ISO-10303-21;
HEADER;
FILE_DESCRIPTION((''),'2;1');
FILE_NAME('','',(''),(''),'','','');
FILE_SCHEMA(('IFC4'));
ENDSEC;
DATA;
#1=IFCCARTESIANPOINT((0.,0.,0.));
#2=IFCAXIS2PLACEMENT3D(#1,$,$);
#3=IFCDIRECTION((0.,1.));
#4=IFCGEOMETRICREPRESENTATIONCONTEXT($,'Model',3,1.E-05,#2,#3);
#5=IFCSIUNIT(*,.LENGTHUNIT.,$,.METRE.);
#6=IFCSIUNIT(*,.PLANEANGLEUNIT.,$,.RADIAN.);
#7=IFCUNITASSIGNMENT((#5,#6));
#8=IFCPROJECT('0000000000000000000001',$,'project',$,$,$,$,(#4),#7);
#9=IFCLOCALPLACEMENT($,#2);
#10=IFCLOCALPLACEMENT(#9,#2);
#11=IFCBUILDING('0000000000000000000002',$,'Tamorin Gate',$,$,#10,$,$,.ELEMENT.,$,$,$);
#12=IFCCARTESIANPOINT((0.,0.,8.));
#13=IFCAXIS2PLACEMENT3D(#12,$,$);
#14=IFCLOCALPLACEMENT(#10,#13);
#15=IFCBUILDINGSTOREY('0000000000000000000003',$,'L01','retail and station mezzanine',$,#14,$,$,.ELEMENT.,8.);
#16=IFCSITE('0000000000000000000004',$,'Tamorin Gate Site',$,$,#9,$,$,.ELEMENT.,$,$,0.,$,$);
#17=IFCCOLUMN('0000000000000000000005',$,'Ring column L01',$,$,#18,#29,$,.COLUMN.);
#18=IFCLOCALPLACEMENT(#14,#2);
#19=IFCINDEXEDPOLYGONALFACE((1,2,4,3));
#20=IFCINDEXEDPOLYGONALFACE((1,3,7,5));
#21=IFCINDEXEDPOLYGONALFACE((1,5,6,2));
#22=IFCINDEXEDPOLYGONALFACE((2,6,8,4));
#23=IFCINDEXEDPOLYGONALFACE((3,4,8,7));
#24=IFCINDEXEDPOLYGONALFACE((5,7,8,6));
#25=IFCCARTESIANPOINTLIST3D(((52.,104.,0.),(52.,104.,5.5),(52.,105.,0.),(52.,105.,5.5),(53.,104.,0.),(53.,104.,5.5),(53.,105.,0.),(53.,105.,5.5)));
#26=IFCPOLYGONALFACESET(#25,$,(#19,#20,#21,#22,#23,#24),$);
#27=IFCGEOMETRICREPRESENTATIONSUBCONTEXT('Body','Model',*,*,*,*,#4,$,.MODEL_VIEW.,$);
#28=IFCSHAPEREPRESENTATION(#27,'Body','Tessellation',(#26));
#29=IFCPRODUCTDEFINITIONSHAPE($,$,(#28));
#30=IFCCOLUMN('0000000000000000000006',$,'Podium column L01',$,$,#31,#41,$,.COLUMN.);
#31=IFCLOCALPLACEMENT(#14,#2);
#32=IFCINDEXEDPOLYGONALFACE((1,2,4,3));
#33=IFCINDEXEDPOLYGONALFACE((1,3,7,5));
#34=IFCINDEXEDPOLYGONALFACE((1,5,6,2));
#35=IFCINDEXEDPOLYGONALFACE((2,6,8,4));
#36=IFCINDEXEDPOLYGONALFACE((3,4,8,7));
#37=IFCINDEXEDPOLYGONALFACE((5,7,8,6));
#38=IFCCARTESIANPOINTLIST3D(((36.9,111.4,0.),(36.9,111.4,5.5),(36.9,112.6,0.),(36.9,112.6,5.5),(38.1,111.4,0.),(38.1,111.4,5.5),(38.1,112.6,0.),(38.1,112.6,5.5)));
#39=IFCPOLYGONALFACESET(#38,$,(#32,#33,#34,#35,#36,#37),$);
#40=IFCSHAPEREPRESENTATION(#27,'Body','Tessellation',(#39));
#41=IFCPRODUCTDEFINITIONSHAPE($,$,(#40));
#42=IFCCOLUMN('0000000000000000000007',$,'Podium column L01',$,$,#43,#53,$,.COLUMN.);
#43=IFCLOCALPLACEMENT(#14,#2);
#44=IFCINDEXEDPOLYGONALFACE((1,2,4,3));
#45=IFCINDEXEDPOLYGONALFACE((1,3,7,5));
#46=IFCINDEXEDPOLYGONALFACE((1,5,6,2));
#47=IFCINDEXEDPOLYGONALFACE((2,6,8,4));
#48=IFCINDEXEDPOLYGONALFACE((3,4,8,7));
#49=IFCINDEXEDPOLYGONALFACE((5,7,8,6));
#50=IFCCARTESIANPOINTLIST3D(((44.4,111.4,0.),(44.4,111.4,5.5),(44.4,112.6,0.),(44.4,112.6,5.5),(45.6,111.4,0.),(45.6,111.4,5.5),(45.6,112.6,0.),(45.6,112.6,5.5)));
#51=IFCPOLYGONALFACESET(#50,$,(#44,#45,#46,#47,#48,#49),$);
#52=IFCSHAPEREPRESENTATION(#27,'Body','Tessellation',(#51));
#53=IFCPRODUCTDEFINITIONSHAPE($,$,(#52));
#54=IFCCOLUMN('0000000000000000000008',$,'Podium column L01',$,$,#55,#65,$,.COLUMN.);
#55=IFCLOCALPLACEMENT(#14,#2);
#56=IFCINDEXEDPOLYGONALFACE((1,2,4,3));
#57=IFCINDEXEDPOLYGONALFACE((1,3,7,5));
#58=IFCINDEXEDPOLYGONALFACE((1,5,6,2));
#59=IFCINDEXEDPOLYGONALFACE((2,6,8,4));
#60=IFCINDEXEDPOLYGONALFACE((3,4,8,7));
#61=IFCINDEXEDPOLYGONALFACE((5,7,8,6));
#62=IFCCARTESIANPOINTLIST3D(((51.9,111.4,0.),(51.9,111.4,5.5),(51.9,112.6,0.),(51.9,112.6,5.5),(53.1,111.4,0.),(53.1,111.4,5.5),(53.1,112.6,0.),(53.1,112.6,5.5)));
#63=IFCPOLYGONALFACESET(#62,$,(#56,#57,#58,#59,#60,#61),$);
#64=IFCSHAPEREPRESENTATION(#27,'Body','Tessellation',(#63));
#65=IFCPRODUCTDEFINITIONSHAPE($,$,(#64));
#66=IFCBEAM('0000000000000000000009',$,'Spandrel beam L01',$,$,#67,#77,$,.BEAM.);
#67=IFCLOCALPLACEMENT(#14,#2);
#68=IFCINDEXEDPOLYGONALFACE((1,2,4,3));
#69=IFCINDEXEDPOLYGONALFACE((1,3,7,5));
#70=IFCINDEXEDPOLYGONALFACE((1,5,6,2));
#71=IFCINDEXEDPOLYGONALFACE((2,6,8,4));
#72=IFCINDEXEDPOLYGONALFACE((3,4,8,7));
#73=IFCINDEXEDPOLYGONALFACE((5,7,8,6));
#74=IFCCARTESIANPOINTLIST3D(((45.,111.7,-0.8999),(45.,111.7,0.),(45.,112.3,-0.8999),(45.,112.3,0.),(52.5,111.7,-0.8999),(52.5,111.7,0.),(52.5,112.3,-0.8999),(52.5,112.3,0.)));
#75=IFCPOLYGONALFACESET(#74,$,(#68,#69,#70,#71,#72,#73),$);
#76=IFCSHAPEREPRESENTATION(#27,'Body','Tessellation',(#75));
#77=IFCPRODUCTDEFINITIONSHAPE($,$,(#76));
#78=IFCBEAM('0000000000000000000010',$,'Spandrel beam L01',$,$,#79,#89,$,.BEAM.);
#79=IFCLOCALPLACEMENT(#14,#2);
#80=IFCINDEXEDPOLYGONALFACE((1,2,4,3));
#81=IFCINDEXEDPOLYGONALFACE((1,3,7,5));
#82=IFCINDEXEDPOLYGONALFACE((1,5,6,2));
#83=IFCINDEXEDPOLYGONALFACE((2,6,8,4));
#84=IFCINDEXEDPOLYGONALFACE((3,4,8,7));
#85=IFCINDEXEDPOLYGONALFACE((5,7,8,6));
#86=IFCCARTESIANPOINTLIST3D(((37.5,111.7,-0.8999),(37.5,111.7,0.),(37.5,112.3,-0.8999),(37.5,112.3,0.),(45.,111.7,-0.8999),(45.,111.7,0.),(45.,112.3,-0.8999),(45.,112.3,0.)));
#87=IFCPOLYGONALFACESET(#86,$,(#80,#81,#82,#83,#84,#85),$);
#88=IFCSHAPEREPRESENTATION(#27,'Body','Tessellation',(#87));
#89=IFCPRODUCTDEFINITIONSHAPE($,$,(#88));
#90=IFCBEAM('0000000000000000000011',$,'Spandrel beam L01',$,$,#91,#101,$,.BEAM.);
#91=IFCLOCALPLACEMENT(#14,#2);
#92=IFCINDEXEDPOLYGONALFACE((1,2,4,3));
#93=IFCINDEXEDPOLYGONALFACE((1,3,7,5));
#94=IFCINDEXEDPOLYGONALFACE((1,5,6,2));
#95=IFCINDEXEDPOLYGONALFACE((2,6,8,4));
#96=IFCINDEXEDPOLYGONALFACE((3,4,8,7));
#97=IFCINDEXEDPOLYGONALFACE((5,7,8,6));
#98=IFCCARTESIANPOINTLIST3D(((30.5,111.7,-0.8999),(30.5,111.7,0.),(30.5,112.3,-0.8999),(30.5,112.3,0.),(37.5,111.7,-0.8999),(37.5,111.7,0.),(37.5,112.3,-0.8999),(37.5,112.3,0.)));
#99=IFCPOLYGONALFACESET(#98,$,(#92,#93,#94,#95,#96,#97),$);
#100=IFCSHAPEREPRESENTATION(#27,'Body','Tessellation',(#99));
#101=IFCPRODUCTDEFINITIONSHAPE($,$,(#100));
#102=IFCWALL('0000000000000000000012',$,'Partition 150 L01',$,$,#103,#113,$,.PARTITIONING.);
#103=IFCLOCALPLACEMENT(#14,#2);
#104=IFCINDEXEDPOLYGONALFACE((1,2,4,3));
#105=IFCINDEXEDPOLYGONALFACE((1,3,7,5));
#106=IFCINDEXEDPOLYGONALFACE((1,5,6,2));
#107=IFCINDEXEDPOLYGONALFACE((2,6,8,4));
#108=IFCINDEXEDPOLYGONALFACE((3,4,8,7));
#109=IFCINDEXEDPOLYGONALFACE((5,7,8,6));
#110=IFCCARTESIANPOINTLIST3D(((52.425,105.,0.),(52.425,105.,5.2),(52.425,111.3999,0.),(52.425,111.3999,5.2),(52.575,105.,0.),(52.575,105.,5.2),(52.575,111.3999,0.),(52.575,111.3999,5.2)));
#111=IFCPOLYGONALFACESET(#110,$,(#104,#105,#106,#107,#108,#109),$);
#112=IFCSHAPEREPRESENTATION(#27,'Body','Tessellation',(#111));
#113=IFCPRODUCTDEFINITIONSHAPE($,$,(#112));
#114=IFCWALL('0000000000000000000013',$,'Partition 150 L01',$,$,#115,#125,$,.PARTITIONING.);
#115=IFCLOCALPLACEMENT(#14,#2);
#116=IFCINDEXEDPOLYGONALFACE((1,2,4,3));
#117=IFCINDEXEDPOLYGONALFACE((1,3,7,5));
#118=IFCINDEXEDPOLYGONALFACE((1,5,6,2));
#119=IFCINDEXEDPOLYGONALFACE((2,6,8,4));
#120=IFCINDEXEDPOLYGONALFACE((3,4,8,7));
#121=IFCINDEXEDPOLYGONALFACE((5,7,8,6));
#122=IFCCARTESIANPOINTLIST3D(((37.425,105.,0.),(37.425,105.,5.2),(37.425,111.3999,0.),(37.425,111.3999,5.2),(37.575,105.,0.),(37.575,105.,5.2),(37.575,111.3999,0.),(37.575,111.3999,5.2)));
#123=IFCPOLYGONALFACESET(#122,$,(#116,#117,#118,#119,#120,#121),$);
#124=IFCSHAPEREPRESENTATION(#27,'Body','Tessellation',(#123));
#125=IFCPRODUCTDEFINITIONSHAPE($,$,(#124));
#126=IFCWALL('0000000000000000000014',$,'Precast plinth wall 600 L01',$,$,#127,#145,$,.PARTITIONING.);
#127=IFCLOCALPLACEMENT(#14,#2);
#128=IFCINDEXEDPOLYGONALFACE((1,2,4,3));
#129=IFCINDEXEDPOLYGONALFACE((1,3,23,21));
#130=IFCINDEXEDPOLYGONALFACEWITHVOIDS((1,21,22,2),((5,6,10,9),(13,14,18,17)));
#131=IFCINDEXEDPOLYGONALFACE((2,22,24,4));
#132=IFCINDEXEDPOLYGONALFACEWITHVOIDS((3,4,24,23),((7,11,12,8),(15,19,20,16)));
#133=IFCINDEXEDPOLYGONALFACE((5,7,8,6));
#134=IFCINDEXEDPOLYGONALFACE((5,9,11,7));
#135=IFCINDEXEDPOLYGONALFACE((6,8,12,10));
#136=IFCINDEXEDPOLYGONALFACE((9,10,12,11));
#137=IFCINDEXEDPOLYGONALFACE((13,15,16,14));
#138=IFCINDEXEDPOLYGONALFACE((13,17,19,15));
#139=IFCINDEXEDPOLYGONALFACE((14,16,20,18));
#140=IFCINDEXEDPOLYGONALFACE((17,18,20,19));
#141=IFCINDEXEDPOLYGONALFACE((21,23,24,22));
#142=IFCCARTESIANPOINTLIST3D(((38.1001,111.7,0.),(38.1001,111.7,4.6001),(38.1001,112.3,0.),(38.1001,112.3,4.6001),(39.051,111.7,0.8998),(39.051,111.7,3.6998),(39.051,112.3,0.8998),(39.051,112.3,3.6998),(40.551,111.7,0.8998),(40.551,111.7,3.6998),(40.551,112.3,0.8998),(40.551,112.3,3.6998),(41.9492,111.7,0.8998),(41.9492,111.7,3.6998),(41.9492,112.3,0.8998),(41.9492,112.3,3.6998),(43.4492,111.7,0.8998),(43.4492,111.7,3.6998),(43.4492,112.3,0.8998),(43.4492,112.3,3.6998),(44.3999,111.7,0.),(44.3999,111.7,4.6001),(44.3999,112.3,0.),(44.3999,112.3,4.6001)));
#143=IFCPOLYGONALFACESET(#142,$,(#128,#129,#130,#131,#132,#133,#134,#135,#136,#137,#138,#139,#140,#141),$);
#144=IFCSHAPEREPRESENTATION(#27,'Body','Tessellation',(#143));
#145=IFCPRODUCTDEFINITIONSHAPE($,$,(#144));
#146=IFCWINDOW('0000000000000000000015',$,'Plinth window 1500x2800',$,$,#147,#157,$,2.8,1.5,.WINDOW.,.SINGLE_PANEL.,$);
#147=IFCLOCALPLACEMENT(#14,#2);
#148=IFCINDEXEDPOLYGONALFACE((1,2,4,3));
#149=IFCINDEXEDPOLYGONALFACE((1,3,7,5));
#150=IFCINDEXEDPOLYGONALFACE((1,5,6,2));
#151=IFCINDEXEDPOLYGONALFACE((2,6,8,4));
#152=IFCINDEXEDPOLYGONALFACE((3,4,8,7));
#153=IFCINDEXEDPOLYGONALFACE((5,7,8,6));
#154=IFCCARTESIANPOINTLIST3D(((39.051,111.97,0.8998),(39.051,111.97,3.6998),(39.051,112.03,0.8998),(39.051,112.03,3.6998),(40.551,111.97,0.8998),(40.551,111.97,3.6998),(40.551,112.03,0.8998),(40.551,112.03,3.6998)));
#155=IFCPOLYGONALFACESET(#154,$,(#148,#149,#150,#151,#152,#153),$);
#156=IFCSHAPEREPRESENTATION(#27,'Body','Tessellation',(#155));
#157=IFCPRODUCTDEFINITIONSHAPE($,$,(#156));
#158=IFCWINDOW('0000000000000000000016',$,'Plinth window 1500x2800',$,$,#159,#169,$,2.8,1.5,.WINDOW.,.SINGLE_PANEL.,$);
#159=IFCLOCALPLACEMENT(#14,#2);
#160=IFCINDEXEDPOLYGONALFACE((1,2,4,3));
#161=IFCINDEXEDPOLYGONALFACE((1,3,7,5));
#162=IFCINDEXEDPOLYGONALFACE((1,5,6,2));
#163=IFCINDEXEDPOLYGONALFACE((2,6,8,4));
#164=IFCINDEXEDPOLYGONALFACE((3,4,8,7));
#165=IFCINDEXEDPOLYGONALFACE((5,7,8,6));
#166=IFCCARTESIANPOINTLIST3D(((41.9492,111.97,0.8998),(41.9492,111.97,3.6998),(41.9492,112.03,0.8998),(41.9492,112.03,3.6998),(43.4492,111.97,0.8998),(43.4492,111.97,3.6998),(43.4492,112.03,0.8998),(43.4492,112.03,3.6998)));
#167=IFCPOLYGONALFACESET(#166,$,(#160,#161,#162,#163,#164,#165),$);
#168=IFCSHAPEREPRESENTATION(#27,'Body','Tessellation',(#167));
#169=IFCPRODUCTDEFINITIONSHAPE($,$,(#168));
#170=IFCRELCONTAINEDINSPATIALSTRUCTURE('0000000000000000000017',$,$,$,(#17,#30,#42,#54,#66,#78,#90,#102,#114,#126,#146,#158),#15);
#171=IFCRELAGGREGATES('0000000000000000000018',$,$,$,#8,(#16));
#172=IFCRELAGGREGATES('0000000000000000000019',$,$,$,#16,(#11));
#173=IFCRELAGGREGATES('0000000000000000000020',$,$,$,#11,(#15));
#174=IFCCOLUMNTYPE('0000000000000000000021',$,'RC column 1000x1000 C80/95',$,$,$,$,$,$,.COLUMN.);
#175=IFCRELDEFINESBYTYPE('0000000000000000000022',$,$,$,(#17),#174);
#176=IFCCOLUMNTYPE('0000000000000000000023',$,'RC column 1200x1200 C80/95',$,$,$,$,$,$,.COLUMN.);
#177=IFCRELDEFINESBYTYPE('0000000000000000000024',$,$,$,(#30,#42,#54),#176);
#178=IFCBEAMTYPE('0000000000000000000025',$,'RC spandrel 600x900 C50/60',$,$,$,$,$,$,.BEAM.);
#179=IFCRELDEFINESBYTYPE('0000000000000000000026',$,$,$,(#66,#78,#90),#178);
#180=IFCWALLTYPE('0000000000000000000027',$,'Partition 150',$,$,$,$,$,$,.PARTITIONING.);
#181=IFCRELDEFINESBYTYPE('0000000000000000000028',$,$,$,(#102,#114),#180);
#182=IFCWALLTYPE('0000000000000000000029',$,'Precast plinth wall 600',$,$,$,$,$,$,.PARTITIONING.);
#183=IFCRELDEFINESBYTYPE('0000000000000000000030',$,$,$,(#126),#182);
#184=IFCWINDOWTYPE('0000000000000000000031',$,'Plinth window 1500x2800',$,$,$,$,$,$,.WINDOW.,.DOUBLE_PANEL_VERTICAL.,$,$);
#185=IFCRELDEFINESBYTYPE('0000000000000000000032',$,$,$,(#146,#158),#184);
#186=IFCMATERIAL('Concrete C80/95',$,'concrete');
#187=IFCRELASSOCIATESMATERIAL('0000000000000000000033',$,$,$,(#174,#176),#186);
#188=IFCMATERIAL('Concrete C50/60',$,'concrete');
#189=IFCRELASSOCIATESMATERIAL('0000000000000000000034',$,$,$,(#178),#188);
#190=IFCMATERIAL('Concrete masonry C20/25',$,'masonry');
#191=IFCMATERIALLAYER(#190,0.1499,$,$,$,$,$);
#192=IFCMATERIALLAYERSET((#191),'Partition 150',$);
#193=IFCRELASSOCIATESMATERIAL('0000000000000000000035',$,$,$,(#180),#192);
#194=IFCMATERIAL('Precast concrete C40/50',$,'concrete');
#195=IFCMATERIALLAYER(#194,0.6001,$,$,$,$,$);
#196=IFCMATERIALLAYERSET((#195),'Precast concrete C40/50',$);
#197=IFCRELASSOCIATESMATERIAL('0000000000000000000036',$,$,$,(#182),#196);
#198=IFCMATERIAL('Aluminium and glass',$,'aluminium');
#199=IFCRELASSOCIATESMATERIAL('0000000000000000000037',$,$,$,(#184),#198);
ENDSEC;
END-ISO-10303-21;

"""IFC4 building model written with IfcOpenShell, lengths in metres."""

from ifc_helpers import new_model, si_unit, direction, frame, frame_2d, origin, origin_2d, place, context, subcontext, project, spatial, rectangle, extrude, material, layer, layer_set, material_profile, profile_set, type_object, element, fill, save


model = new_model("IFC4")

# Units and contexts
model_context = context("Model", 3, precision=1e-05, world=origin(), true_north=direction((0.0, 1.0)))
body_context = subcontext(model_context, "Body", "Model", "MODEL_VIEW")
ifc_project = project(units=[si_unit("LENGTHUNIT", "METRE"), si_unit("PLANEANGLEUNIT", "RADIAN")], contexts=[model_context])

# Site, building, storey
site_placement = place(None, origin())
site = spatial("IfcSite", under=ifc_project, at=site_placement, Name="Tamorin Gate Site", CompositionType="ELEMENT", RefElevation=0.0)
building_placement = place(site_placement, origin())
building = spatial("IfcBuilding", under=site, at=building_placement, Name="Tamorin Gate", CompositionType="ELEMENT")
storey_placement = place(building_placement, frame((0.0, 0.0, 8.0)))
storey = spatial("IfcBuildingStorey", under=building, at=storey_placement, Name="L01", Description="retail and station mezzanine", CompositionType="ELEMENT", Elevation=8.0)

# Columns
ifc_material_1 = material(Name="Concrete C80/95", Category="concrete")
ifc_material_profile_1 = material_profile(ifc_material_1, rectangle(XDim=1.0, YDim=1.0, at=origin_2d()), Name="RC 1000x1000")
ifc_profile_set_1 = profile_set([ifc_material_profile_1], Name="Concrete C80/95")
column_type_1 = type_object("IfcColumnType", Name="RC column 1000x1000 C80/95", PredefinedType="COLUMN", material=ifc_profile_set_1)
column_placement = place(storey_placement, frame((52.5, 104.5, 0.0), z_axis=(0.0, 0.0, 1.0), x_axis=(1.0, 0.0, 0.0)))
element("IfcColumn", 1, at=column_placement, inside=storey, type_object=column_type_1, Name="Ring column L01", PredefinedType="COLUMN", context=body_context, shape_type="SweptSolid", body=[
    extrude(rectangle(XDim=1.0, YDim=1.0, at=origin_2d()), origin(), (0.0, 0.0, 1.0), 5.5),
])
ifc_material_profile_2 = material_profile(ifc_material_1, rectangle(XDim=1.2, YDim=1.2, at=origin_2d()), Name="RC 1200x1200")
ifc_profile_set_2 = profile_set([ifc_material_profile_2], Name="Concrete C80/95")
column_type_2 = type_object("IfcColumnType", Name="RC column 1200x1200 C80/95", PredefinedType="COLUMN", material=ifc_profile_set_2)
for number, where, z_axis, x_axis, name in (
    (2, (37.5, 112.0, 0.0), (0.0, 0.0, 1.0), (1.0, 0.0, 0.0), "Podium column L01"),
    (3, (45.0, 112.0, 0.0), (0.0, 0.0, 1.0), (1.0, 0.0, 0.0), "Podium column L01"),
    (4, (52.5, 112.0, 0.0), (0.0, 0.0, 1.0), (1.0, 0.0, 0.0), "Podium column L01"),
):
    element("IfcColumn", number, at=place(storey_placement, frame(where, z_axis=z_axis, x_axis=x_axis)), inside=storey, type_object=column_type_2, Name=name, PredefinedType="COLUMN", context=body_context, shape_type="SweptSolid", body=[
        extrude(rectangle(XDim=1.2, YDim=1.2, at=origin_2d()), origin(), (0.0, 0.0, 1.0), 5.5),
    ])

# Beams
ifc_material_2 = material(Name="Concrete C50/60", Category="concrete")
ifc_material_profile_3 = material_profile(ifc_material_2, rectangle(XDim=0.6001, YDim=0.8999, at=origin_2d()), Name="RC 600x900")
ifc_profile_set_3 = profile_set([ifc_material_profile_3], Name="Concrete C50/60")
beam_type = type_object("IfcBeamType", Name="RC spandrel 600x900 C50/60", PredefinedType="BEAM", material=ifc_profile_set_3)
for number, where, z_axis, x_axis, name in (
    (5, (52.5, 112.0, -0.45), (-1.0, 0.0, 0.0), (0.0, -1.0, 0.0), "Spandrel beam L01"),
    (6, (45.0, 112.0, -0.45), (-1.0, 0.0, 0.0), (0.0, -1.0, 0.0), "Spandrel beam L01"),
):
    element("IfcBeam", number, at=place(storey_placement, frame(where, z_axis=z_axis, x_axis=x_axis)), inside=storey, type_object=beam_type, Name=name, PredefinedType="BEAM", context=body_context, shape_type="SweptSolid", body=[
        extrude(rectangle(XDim=0.6001, YDim=0.8999, at=origin_2d()), origin(), (0.0, 0.0, 1.0), 7.5),
    ])
beam_placement = place(storey_placement, frame((37.5, 112.0, -0.45), z_axis=(-1.0, 0.0, 0.0), x_axis=(0.0, -1.0, 0.0)))
element("IfcBeam", 7, at=beam_placement, inside=storey, type_object=beam_type, Name="Spandrel beam L01", PredefinedType="BEAM", context=body_context, shape_type="SweptSolid", body=[
    extrude(rectangle(XDim=0.6001, YDim=0.8999, at=origin_2d()), origin(), (0.0, 0.0, 1.0), 7.0),
])

# Walls
ifc_material_3 = material(Name="Concrete masonry C20/25", Category="masonry")
ifc_layer_1 = layer(ifc_material_3, 0.1499)
ifc_layer_set_1 = layer_set([ifc_layer_1], Name="Partition 150")
wall_type_1 = type_object("IfcWallType", Name="Partition 150", PredefinedType="PARTITIONING", material=ifc_layer_set_1)
for number, where, z_axis, x_axis, name in (
    (8, (52.5, 105.0, 0.0), (0.0, 0.0, 1.0), (0.0, 1.0, 0.0), "Partition 150 L01"),
    (9, (37.5, 105.0, 0.0), (0.0, 0.0, 1.0), (0.0, 1.0, 0.0), "Partition 150 L01"),
):
    element("IfcWall", number, at=place(storey_placement, frame(where, z_axis=z_axis, x_axis=x_axis)), inside=storey, type_object=wall_type_1, Name=name, PredefinedType="PARTITIONING", context=body_context, shape_type="SweptSolid", body=[
        extrude(rectangle(XDim=6.3999, YDim=0.1499, at=frame_2d((3.2, 0.0))), origin(), (0.0, 0.0, 1.0), 5.2),
    ])

# Wall, openings, windows
ifc_material_4 = material(Name="Precast concrete C40/50", Category="concrete")
ifc_layer_2 = layer(ifc_material_4, 0.6001)
ifc_layer_set_2 = layer_set([ifc_layer_2], Name="Precast concrete C40/50")
wall_type_2 = type_object("IfcWallType", Name="Precast plinth wall 600", PredefinedType="PARTITIONING", material=ifc_layer_set_2)
wall_1_placement = place(storey_placement, frame((38.1001, 112.0, 0.0), z_axis=(0.0, 0.0, 1.0), x_axis=(1.0, 0.0, 0.0)))
wall_1 = element("IfcWall", 10, at=wall_1_placement, inside=storey, type_object=wall_type_2, Name="Precast plinth wall 600 L01", PredefinedType="PARTITIONING", context=body_context, shape_type="SweptSolid", body=[
    extrude(rectangle(XDim=6.2998, YDim=0.6001, at=frame_2d((3.1499, 0.0))), origin(), (0.0, 0.0, 1.0), 4.6001),
])
opening_1_placement = place(wall_1_placement, frame((0.9509, 0.0, 0.8999)))
opening_1 = element("IfcOpeningElement", 11, at=opening_1_placement, cuts=wall_1, PredefinedType="OPENING", context=body_context, shape_type="SweptSolid", body=[
    extrude(rectangle(XDim=1.5, YDim=2.8, at=frame_2d((0.75, 1.3999))), frame((0.0, 0.3101, 0.0), z_axis=(0.0, -1.0, 0.0), x_axis=(1.0, 0.0, 0.0)), (0.0, 0.0, 1.0), 0.6201),
])
opening_2_placement = place(wall_1_placement, frame((3.8491, 0.0, 0.8999)))
opening_2 = element("IfcOpeningElement", 12, at=opening_2_placement, cuts=wall_1, PredefinedType="OPENING", context=body_context, shape_type="SweptSolid", body=[
    extrude(rectangle(XDim=1.5, YDim=2.8, at=frame_2d((0.75, 1.3999))), frame((0.0, 0.3101, 0.0), z_axis=(0.0, -1.0, 0.0), x_axis=(1.0, 0.0, 0.0)), (0.0, 0.0, 1.0), 0.6201),
])
ifc_material_5 = material(Name="Aluminium and glass", Category="aluminium")
window_type = type_object("IfcWindowType", Name="Plinth window 1500x2800", PartitioningType="DOUBLE_PANEL_VERTICAL", PredefinedType="WINDOW", material=ifc_material_5)
window_1_placement = place(opening_1_placement, origin())
window_1 = element("IfcWindow", 13, at=window_1_placement, inside=storey, type_object=window_type, Name="Plinth window 1500x2800", OverallHeight=2.8, OverallWidth=1.5, PartitioningType="SINGLE_PANEL", PredefinedType="WINDOW", context=body_context, shape_type="SweptSolid", body=[
    extrude(rectangle(XDim=1.5, YDim=2.8, at=frame_2d((0.75, 1.3999))), frame((0.0, 0.03, 0.0), z_axis=(0.0, -1.0, 0.0), x_axis=(1.0, 0.0, 0.0)), (0.0, 0.0, 1.0), 0.0601),
])
fill(opening_1, window_1)
window_2_placement = place(opening_2_placement, origin())
window_2 = element("IfcWindow", 14, at=window_2_placement, inside=storey, type_object=window_type, Name="Plinth window 1500x2800", OverallHeight=2.8, OverallWidth=1.5, PartitioningType="SINGLE_PANEL", PredefinedType="WINDOW", context=body_context, shape_type="SweptSolid", body=[
    extrude(rectangle(XDim=1.5, YDim=2.8, at=frame_2d((0.75, 1.3999))), frame((0.0, 0.03, 0.0), z_axis=(0.0, -1.0, 0.0), x_axis=(1.0, 0.0, 0.0)), (0.0, 0.0, 1.0), 0.0601),
])
fill(opening_2, window_2)

save(model, "model.ifc")
